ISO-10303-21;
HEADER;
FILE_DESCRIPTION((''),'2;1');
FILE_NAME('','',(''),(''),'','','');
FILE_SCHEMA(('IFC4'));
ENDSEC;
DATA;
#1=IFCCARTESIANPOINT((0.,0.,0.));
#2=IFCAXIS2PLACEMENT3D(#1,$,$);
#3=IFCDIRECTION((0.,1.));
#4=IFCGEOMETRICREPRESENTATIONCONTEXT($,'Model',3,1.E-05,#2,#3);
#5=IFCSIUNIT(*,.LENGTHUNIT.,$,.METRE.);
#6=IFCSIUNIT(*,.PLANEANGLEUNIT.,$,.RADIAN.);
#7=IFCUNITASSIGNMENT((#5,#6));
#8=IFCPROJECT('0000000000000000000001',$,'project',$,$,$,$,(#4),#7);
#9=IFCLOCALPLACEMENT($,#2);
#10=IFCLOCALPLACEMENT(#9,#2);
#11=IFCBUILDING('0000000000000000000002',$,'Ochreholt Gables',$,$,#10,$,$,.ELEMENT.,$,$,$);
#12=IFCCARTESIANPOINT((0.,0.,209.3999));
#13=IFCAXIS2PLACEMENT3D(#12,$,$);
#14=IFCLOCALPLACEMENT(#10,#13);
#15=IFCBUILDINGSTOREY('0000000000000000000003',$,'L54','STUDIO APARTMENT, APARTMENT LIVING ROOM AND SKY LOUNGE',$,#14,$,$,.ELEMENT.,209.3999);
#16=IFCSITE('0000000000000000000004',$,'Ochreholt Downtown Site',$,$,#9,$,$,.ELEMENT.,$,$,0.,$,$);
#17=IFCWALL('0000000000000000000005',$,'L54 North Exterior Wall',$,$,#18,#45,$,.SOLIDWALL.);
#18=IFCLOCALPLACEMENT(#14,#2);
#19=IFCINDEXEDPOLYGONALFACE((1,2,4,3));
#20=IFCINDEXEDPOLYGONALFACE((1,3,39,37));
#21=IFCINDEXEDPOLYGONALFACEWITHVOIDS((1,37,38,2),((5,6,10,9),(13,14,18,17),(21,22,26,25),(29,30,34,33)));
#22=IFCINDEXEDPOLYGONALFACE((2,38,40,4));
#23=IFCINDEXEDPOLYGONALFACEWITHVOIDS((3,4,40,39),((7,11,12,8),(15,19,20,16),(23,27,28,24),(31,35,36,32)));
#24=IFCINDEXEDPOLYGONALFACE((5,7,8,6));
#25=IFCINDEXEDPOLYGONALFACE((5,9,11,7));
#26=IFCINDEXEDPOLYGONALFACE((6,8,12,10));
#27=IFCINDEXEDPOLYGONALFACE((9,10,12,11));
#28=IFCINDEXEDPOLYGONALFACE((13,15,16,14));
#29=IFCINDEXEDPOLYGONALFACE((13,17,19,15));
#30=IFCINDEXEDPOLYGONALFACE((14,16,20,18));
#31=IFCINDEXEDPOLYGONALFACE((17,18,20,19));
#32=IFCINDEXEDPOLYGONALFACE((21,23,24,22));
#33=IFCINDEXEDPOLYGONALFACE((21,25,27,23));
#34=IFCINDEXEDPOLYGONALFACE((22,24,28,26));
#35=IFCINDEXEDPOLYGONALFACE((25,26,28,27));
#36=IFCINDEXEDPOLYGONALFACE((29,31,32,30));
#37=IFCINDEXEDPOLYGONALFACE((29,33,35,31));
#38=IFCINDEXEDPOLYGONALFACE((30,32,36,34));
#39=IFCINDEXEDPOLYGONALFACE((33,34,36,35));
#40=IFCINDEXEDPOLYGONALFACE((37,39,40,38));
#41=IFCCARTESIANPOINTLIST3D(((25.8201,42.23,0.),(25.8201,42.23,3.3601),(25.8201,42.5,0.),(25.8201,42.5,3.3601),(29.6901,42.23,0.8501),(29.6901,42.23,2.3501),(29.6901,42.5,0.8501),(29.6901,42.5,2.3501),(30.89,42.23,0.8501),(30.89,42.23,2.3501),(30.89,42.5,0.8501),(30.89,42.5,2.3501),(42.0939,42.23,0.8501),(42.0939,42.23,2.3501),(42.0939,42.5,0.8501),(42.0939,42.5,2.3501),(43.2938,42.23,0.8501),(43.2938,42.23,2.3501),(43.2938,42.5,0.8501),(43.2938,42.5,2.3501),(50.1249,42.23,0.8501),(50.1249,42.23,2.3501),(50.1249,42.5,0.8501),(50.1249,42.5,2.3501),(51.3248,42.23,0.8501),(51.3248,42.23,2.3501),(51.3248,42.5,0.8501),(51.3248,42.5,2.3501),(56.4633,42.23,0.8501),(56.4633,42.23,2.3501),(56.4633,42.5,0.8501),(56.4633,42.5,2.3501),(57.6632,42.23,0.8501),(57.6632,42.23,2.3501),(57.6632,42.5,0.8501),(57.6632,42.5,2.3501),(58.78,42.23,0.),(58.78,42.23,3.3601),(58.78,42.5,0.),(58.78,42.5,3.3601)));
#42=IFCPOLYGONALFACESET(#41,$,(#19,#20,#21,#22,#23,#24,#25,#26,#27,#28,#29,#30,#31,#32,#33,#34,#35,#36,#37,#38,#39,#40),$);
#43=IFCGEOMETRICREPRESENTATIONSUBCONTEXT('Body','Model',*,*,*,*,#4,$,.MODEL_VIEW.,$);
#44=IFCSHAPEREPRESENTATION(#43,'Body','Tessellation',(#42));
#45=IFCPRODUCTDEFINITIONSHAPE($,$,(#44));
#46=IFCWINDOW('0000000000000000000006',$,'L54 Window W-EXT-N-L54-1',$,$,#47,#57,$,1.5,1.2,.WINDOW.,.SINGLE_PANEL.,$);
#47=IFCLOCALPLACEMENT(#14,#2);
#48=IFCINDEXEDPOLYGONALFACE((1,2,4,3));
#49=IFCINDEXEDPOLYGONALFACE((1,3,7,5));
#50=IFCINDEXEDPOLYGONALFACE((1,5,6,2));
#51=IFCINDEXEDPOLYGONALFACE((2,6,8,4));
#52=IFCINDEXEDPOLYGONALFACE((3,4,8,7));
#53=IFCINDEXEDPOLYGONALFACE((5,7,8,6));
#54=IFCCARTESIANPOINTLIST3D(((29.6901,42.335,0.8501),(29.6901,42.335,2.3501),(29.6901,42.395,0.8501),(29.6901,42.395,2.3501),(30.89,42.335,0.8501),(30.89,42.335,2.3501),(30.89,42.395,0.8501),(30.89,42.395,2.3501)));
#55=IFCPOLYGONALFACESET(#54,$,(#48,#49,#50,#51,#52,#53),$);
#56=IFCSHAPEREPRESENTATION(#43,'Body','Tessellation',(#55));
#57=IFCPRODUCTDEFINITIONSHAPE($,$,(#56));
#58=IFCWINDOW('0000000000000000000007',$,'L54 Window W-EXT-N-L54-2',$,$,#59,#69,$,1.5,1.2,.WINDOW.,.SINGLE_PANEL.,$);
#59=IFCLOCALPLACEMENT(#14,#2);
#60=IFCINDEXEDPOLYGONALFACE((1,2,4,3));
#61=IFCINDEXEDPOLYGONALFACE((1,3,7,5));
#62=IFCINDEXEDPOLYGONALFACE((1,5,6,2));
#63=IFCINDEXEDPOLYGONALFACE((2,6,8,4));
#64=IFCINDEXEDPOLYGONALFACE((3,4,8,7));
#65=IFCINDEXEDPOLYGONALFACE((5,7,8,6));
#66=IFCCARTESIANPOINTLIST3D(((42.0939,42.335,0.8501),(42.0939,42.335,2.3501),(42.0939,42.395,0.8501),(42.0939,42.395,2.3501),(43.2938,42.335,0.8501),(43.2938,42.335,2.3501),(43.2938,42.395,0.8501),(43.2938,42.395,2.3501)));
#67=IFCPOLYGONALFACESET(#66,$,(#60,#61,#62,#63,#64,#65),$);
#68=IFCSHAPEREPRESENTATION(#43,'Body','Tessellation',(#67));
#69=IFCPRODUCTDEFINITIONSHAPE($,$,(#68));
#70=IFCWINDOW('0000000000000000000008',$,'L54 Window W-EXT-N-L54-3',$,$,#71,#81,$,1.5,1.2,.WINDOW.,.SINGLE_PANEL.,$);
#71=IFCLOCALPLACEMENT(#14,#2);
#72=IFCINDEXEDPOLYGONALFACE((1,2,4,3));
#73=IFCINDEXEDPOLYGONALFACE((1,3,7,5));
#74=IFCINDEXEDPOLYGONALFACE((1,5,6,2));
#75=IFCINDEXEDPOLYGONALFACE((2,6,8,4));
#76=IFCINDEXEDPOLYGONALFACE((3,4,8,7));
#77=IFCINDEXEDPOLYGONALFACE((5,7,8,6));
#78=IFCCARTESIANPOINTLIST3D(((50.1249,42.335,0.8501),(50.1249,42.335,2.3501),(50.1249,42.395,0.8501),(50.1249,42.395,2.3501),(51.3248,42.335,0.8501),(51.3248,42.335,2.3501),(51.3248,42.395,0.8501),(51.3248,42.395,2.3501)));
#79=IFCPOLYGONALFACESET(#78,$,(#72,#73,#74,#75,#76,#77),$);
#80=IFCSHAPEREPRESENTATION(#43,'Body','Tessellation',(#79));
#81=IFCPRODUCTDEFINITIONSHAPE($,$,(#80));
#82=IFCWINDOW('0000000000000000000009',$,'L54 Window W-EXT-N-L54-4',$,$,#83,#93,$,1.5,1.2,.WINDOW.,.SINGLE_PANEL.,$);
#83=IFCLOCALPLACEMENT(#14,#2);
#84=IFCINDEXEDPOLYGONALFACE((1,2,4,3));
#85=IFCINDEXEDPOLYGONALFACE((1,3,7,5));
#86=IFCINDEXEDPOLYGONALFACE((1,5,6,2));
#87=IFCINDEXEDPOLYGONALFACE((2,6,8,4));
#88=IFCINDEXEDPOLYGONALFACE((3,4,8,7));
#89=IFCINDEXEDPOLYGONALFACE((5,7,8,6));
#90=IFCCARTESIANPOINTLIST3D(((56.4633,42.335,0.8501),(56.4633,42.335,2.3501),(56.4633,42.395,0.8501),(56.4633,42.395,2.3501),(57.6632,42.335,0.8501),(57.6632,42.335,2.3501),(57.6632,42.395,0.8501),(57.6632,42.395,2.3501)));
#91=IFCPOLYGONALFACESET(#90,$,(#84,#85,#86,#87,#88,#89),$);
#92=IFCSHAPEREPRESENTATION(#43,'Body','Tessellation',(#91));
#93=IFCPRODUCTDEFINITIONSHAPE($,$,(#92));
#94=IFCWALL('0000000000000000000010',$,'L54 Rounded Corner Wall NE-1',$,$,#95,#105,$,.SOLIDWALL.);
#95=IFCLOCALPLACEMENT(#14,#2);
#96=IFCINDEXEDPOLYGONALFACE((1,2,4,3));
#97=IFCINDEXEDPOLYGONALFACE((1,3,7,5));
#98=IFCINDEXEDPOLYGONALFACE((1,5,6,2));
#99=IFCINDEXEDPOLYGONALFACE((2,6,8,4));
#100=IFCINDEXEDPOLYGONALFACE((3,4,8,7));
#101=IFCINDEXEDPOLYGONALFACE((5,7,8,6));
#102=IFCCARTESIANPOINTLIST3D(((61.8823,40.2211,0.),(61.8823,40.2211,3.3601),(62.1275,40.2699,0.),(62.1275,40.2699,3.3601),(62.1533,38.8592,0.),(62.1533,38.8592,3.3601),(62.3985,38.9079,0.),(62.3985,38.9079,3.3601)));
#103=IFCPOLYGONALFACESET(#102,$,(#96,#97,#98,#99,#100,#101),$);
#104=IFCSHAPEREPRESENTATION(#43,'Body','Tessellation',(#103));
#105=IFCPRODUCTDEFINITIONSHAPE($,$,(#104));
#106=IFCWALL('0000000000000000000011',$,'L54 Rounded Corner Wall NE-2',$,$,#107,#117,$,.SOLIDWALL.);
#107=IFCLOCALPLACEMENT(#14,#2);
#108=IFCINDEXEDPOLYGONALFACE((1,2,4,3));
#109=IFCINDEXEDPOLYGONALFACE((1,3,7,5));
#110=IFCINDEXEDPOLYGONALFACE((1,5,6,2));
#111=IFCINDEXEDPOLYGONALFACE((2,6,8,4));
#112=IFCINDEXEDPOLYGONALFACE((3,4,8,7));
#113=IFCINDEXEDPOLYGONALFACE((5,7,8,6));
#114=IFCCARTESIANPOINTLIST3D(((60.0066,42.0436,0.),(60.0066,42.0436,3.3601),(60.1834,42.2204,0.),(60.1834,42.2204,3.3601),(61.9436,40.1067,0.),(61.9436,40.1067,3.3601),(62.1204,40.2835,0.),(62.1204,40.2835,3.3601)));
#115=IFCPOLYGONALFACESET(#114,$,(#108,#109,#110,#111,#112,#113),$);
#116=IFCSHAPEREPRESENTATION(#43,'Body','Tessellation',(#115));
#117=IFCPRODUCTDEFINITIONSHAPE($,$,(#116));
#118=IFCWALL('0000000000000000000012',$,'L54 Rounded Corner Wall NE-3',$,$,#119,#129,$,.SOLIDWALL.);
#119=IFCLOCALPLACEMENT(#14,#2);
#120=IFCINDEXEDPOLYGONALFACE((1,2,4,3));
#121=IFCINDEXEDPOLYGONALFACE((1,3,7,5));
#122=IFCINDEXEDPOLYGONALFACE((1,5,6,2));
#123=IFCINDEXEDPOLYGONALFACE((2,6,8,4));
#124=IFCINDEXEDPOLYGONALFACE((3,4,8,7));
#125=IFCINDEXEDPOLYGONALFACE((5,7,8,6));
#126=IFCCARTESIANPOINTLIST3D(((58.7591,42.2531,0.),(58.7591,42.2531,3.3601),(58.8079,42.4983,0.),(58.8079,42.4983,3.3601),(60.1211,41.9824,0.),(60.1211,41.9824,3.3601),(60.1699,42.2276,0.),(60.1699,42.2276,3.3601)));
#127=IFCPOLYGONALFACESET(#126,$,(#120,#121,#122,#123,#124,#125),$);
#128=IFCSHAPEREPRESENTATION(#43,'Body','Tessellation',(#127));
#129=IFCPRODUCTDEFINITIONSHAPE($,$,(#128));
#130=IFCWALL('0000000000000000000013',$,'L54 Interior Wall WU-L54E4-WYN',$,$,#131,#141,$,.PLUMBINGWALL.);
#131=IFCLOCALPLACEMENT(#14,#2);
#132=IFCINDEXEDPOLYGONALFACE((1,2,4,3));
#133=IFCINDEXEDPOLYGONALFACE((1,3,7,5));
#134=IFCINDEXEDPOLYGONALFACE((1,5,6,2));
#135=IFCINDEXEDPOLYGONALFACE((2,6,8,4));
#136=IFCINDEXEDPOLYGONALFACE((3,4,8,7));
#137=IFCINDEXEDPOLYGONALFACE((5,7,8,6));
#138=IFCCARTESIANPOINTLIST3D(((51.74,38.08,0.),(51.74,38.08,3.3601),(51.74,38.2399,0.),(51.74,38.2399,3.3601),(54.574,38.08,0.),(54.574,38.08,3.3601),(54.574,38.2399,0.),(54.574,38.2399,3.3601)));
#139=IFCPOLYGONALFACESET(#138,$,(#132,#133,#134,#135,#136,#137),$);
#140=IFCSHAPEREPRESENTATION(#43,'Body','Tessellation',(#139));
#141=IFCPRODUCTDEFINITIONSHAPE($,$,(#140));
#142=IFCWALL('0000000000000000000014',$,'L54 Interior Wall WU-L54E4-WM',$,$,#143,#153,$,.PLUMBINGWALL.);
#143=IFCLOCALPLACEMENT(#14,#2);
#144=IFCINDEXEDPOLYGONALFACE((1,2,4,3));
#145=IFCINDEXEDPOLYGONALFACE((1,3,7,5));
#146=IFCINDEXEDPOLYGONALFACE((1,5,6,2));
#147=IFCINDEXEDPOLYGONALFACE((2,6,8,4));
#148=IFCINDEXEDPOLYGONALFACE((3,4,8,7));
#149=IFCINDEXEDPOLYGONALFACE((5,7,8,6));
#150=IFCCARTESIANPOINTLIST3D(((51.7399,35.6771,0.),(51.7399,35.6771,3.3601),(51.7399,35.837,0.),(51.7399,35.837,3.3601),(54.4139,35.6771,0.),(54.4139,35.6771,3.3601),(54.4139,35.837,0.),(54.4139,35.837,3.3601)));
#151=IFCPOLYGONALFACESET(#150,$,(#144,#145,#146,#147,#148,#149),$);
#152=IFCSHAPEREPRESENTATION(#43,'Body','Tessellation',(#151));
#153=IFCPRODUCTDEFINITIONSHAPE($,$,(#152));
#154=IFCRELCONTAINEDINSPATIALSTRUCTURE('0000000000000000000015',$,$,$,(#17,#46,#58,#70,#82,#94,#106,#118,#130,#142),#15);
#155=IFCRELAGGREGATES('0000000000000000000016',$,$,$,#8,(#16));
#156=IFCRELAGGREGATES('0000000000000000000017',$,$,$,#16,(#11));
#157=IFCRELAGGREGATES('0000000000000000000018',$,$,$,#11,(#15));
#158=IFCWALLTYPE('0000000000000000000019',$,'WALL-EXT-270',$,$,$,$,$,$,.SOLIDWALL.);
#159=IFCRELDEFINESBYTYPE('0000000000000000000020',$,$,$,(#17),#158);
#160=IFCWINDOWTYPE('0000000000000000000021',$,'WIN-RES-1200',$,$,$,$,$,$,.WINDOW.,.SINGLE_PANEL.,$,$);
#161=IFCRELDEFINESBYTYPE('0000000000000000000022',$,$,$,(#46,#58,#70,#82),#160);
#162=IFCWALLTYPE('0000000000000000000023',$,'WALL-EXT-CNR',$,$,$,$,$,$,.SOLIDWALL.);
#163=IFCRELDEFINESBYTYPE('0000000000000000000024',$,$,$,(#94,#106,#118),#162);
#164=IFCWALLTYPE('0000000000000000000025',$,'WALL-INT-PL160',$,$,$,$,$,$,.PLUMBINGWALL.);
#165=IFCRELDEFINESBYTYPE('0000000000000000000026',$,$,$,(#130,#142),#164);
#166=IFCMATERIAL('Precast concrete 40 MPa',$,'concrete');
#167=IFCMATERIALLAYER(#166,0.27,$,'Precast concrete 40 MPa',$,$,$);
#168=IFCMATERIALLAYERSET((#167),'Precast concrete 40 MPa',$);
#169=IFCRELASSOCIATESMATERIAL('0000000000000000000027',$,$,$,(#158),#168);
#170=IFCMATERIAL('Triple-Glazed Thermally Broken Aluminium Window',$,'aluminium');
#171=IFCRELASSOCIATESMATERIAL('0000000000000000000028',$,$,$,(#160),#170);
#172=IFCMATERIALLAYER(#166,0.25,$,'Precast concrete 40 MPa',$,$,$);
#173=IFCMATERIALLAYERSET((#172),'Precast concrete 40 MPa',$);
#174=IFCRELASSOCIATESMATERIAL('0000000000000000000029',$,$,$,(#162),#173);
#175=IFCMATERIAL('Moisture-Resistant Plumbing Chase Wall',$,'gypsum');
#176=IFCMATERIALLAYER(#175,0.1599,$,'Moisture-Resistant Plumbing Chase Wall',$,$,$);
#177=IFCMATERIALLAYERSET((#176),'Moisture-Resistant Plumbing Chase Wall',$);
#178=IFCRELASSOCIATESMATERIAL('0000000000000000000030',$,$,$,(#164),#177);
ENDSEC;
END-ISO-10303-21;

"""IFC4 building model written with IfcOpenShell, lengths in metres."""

from ifc_helpers import new_model, si_unit, direction, frame, frame_2d, origin, place, context, subcontext, project, spatial, rectangle, extrude, material, layer, layer_set, type_object, element, fill, save


model = new_model("IFC4")

# Units and contexts
model_context = context("Model", 3, precision=1e-05, world=origin(), true_north=direction((0.0, 1.0)))
body_context = subcontext(model_context, "Body", "Model", "MODEL_VIEW")
ifc_project = project(units=[si_unit("LENGTHUNIT", "METRE"), si_unit("PLANEANGLEUNIT", "RADIAN")], contexts=[model_context])

# Site, building, storey
site_placement = place(None, origin())
site = spatial("IfcSite", under=ifc_project, at=site_placement, Name="Ochreholt Downtown Site", CompositionType="ELEMENT", RefElevation=0.0)
building_placement = place(site_placement, origin())
building = spatial("IfcBuilding", under=site, at=building_placement, Name="Ochreholt Gables", CompositionType="ELEMENT")
storey_placement = place(building_placement, frame((0.0, 0.0, 209.3999)))
storey = spatial("IfcBuildingStorey", under=building, at=storey_placement, Name="L54", Description="STUDIO APARTMENT, APARTMENT LIVING ROOM AND SKY LOUNGE", CompositionType="ELEMENT", Elevation=209.3999)

# Wall, openings, windows
ifc_material_1 = material(Name="Precast concrete 40 MPa", Category="concrete")
ifc_layer_1 = layer(ifc_material_1, 0.27, Name="Precast concrete 40 MPa")
ifc_layer_set_1 = layer_set([ifc_layer_1], Name="Precast concrete 40 MPa")
wall_type_1 = type_object("IfcWallType", Name="WALL-EXT-270", PredefinedType="SOLIDWALL", material=ifc_layer_set_1)
wall_1_placement = place(storey_placement, frame((58.78, 42.365, 0.0), z_axis=(0.0, 0.0, 1.0), x_axis=(-1.0, 0.0, 0.0)))
wall_1 = element("IfcWall", 1, at=wall_1_placement, inside=storey, type_object=wall_type_1, Name="L54 North Exterior Wall", PredefinedType="SOLIDWALL", context=body_context, shape_type="SweptSolid", body=[
    extrude(rectangle(XDim=32.96, YDim=0.27, at=frame_2d((16.48, 0.0))), origin(), (0.0, 0.0, 1.0), 3.3601),
])
opening_1_placement = place(wall_1_placement, frame((27.8899, 0.0, 0.8501)))
opening_1 = element("IfcOpeningElement", 2, at=opening_1_placement, cuts=wall_1, PredefinedType="OPENING", context=body_context, shape_type="SweptSolid", body=[
    extrude(rectangle(XDim=1.2, YDim=1.5, at=frame_2d((0.6001, 0.75))), frame((0.0, 0.145, 0.0), z_axis=(0.0, -1.0, 0.0), x_axis=(1.0, 0.0, 0.0)), (0.0, 0.0, 1.0), 0.29),
])
opening_2_placement = place(wall_1_placement, frame((15.4861, 0.0, 0.8501)))
opening_2 = element("IfcOpeningElement", 3, at=opening_2_placement, cuts=wall_1, PredefinedType="OPENING", context=body_context, shape_type="SweptSolid", body=[
    extrude(rectangle(XDim=1.2, YDim=1.5, at=frame_2d((0.6001, 0.75))), frame((0.0, 0.145, 0.0), z_axis=(0.0, -1.0, 0.0), x_axis=(1.0, 0.0, 0.0)), (0.0, 0.0, 1.0), 0.29),
])
opening_3_placement = place(wall_1_placement, frame((7.4551, 0.0, 0.8501)))
opening_3 = element("IfcOpeningElement", 4, at=opening_3_placement, cuts=wall_1, PredefinedType="OPENING", context=body_context, shape_type="SweptSolid", body=[
    extrude(rectangle(XDim=1.2, YDim=1.5, at=frame_2d((0.6001, 0.75))), frame((0.0, 0.145, 0.0), z_axis=(0.0, -1.0, 0.0), x_axis=(1.0, 0.0, 0.0)), (0.0, 0.0, 1.0), 0.29),
])
opening_4_placement = place(wall_1_placement, frame((1.1167, 0.0, 0.8501)))
opening_4 = element("IfcOpeningElement", 5, at=opening_4_placement, cuts=wall_1, PredefinedType="OPENING", context=body_context, shape_type="SweptSolid", body=[
    extrude(rectangle(XDim=1.2, YDim=1.5, at=frame_2d((0.6001, 0.75))), frame((0.0, 0.145, 0.0), z_axis=(0.0, -1.0, 0.0), x_axis=(1.0, 0.0, 0.0)), (0.0, 0.0, 1.0), 0.29),
])
ifc_material_2 = material(Name="Triple-Glazed Thermally Broken Aluminium Window", Category="aluminium")
window_type = type_object("IfcWindowType", Name="WIN-RES-1200", PartitioningType="SINGLE_PANEL", PredefinedType="WINDOW", material=ifc_material_2)
window_1_placement = place(opening_1_placement, origin())
window_1 = element("IfcWindow", 6, at=window_1_placement, inside=storey, type_object=window_type, Name="L54 Window W-EXT-N-L54-1", OverallHeight=1.5, OverallWidth=1.2, PartitioningType="SINGLE_PANEL", PredefinedType="WINDOW", context=body_context, shape_type="SweptSolid", body=[
    extrude(rectangle(XDim=1.2, YDim=1.5, at=frame_2d((0.6001, 0.75))), frame((0.0, 0.03, 0.0), z_axis=(0.0, -1.0, 0.0), x_axis=(1.0, 0.0, 0.0)), (0.0, 0.0, 1.0), 0.0601),
])
fill(opening_1, window_1)
window_2_placement = place(opening_2_placement, origin())
window_2 = element("IfcWindow", 7, at=window_2_placement, inside=storey, type_object=window_type, Name="L54 Window W-EXT-N-L54-2", OverallHeight=1.5, OverallWidth=1.2, PartitioningType="SINGLE_PANEL", PredefinedType="WINDOW", context=body_context, shape_type="SweptSolid", body=[
    extrude(rectangle(XDim=1.2, YDim=1.5, at=frame_2d((0.6001, 0.75))), frame((0.0, 0.03, 0.0), z_axis=(0.0, -1.0, 0.0), x_axis=(1.0, 0.0, 0.0)), (0.0, 0.0, 1.0), 0.0601),
])
fill(opening_2, window_2)
window_3_placement = place(opening_3_placement, origin())
window_3 = element("IfcWindow", 8, at=window_3_placement, inside=storey, type_object=window_type, Name="L54 Window W-EXT-N-L54-3", OverallHeight=1.5, OverallWidth=1.2, PartitioningType="SINGLE_PANEL", PredefinedType="WINDOW", context=body_context, shape_type="SweptSolid", body=[
    extrude(rectangle(XDim=1.2, YDim=1.5, at=frame_2d((0.6001, 0.75))), frame((0.0, 0.03, 0.0), z_axis=(0.0, -1.0, 0.0), x_axis=(1.0, 0.0, 0.0)), (0.0, 0.0, 1.0), 0.0601),
])
fill(opening_3, window_3)
window_4_placement = place(opening_4_placement, origin())
window_4 = element("IfcWindow", 9, at=window_4_placement, inside=storey, type_object=window_type, Name="L54 Window W-EXT-N-L54-4", OverallHeight=1.5, OverallWidth=1.2, PartitioningType="SINGLE_PANEL", PredefinedType="WINDOW", context=body_context, shape_type="SweptSolid", body=[
    extrude(rectangle(XDim=1.2, YDim=1.5, at=frame_2d((0.6001, 0.75))), frame((0.0, 0.03, 0.0), z_axis=(0.0, -1.0, 0.0), x_axis=(1.0, 0.0, 0.0)), (0.0, 0.0, 1.0), 0.0601),
])
fill(opening_4, window_4)

# Walls
ifc_layer_2 = layer(ifc_material_1, 0.25, Name="Precast concrete 40 MPa")
ifc_layer_set_2 = layer_set([ifc_layer_2], Name="Precast concrete 40 MPa")
wall_type_2 = type_object("IfcWallType", Name="WALL-EXT-CNR", PredefinedType="SOLIDWALL", material=ifc_layer_set_2)
wall_2_placement = place(storey_placement, frame((62.2759, 38.8835, 0.0), z_axis=(0.0, 0.0, 1.0), x_axis=(-0.195136, 0.980776, 0.0)))
element("IfcWall", 10, at=wall_2_placement, inside=storey, type_object=wall_type_2, Name="L54 Rounded Corner Wall NE-1", PredefinedType="SOLIDWALL", context=body_context, shape_type="SweptSolid", body=[
    extrude(rectangle(XDim=1.3887, YDim=0.25, at=frame_2d((0.6943, 0.0))), origin(), (0.0, 0.0, 1.0), 3.3601),
])
wall_3_placement = place(storey_placement, frame((62.032, 40.1951, 0.0), z_axis=(0.0, 0.0, 1.0), x_axis=(-0.707107, 0.707107, 0.0)))
element("IfcWall", 11, at=wall_3_placement, inside=storey, type_object=wall_type_2, Name="L54 Rounded Corner Wall NE-2", PredefinedType="SOLIDWALL", context=body_context, shape_type="SweptSolid", body=[
    extrude(rectangle(XDim=2.7393, YDim=0.25, at=frame_2d((1.3696, 0.0))), origin(), (0.0, 0.0, 1.0), 3.3601),
])
wall_4_placement = place(storey_placement, frame((60.1455, 42.105, 0.0), z_axis=(0.0, 0.0, 1.0), x_axis=(-0.98081, 0.194967, 0.0)))
element("IfcWall", 12, at=wall_4_placement, inside=storey, type_object=wall_type_2, Name="L54 Rounded Corner Wall NE-3", PredefinedType="SOLIDWALL", context=body_context, shape_type="SweptSolid", body=[
    extrude(rectangle(XDim=1.3887, YDim=0.25, at=frame_2d((0.6943, 0.0))), origin(), (0.0, 0.0, 1.0), 3.3601),
])
ifc_material_3 = material(Name="Moisture-Resistant Plumbing Chase Wall", Category="gypsum")
ifc_layer_3 = layer(ifc_material_3, 0.1599, Name="Moisture-Resistant Plumbing Chase Wall")
ifc_layer_set_3 = layer_set([ifc_layer_3], Name="Moisture-Resistant Plumbing Chase Wall")
wall_type_3 = type_object("IfcWallType", Name="WALL-INT-PL160", PredefinedType="PLUMBINGWALL", material=ifc_layer_set_3)
wall_5_placement = place(storey_placement, frame((51.74, 38.1599, 0.0), z_axis=(0.0, 0.0, 1.0), x_axis=(1.0, 0.0, 0.0)))
element("IfcWall", 13, at=wall_5_placement, inside=storey, type_object=wall_type_3, Name="L54 Interior Wall WU-L54E4-WYN", PredefinedType="PLUMBINGWALL", context=body_context, shape_type="SweptSolid", body=[
    extrude(rectangle(XDim=2.834, YDim=0.1599, at=frame_2d((1.417, 0.0))), origin(), (0.0, 0.0, 1.0), 3.3601),
])

# Wall
wall_6_placement = place(storey_placement, frame((51.74, 35.7571, 0.0), z_axis=(0.0, 0.0, 1.0), x_axis=(1.0, 0.0, 0.0)))
element("IfcWall", 14, at=wall_6_placement, inside=storey, type_object=wall_type_3, Name="L54 Interior Wall WU-L54E4-WM", PredefinedType="PLUMBINGWALL", context=body_context, shape_type="SweptSolid", body=[
    extrude(rectangle(XDim=2.6741, YDim=0.1599, at=frame_2d((1.3369, 0.0))), origin(), (0.0, 0.0, 1.0), 3.3601),
])

save(model, "model.ifc")
